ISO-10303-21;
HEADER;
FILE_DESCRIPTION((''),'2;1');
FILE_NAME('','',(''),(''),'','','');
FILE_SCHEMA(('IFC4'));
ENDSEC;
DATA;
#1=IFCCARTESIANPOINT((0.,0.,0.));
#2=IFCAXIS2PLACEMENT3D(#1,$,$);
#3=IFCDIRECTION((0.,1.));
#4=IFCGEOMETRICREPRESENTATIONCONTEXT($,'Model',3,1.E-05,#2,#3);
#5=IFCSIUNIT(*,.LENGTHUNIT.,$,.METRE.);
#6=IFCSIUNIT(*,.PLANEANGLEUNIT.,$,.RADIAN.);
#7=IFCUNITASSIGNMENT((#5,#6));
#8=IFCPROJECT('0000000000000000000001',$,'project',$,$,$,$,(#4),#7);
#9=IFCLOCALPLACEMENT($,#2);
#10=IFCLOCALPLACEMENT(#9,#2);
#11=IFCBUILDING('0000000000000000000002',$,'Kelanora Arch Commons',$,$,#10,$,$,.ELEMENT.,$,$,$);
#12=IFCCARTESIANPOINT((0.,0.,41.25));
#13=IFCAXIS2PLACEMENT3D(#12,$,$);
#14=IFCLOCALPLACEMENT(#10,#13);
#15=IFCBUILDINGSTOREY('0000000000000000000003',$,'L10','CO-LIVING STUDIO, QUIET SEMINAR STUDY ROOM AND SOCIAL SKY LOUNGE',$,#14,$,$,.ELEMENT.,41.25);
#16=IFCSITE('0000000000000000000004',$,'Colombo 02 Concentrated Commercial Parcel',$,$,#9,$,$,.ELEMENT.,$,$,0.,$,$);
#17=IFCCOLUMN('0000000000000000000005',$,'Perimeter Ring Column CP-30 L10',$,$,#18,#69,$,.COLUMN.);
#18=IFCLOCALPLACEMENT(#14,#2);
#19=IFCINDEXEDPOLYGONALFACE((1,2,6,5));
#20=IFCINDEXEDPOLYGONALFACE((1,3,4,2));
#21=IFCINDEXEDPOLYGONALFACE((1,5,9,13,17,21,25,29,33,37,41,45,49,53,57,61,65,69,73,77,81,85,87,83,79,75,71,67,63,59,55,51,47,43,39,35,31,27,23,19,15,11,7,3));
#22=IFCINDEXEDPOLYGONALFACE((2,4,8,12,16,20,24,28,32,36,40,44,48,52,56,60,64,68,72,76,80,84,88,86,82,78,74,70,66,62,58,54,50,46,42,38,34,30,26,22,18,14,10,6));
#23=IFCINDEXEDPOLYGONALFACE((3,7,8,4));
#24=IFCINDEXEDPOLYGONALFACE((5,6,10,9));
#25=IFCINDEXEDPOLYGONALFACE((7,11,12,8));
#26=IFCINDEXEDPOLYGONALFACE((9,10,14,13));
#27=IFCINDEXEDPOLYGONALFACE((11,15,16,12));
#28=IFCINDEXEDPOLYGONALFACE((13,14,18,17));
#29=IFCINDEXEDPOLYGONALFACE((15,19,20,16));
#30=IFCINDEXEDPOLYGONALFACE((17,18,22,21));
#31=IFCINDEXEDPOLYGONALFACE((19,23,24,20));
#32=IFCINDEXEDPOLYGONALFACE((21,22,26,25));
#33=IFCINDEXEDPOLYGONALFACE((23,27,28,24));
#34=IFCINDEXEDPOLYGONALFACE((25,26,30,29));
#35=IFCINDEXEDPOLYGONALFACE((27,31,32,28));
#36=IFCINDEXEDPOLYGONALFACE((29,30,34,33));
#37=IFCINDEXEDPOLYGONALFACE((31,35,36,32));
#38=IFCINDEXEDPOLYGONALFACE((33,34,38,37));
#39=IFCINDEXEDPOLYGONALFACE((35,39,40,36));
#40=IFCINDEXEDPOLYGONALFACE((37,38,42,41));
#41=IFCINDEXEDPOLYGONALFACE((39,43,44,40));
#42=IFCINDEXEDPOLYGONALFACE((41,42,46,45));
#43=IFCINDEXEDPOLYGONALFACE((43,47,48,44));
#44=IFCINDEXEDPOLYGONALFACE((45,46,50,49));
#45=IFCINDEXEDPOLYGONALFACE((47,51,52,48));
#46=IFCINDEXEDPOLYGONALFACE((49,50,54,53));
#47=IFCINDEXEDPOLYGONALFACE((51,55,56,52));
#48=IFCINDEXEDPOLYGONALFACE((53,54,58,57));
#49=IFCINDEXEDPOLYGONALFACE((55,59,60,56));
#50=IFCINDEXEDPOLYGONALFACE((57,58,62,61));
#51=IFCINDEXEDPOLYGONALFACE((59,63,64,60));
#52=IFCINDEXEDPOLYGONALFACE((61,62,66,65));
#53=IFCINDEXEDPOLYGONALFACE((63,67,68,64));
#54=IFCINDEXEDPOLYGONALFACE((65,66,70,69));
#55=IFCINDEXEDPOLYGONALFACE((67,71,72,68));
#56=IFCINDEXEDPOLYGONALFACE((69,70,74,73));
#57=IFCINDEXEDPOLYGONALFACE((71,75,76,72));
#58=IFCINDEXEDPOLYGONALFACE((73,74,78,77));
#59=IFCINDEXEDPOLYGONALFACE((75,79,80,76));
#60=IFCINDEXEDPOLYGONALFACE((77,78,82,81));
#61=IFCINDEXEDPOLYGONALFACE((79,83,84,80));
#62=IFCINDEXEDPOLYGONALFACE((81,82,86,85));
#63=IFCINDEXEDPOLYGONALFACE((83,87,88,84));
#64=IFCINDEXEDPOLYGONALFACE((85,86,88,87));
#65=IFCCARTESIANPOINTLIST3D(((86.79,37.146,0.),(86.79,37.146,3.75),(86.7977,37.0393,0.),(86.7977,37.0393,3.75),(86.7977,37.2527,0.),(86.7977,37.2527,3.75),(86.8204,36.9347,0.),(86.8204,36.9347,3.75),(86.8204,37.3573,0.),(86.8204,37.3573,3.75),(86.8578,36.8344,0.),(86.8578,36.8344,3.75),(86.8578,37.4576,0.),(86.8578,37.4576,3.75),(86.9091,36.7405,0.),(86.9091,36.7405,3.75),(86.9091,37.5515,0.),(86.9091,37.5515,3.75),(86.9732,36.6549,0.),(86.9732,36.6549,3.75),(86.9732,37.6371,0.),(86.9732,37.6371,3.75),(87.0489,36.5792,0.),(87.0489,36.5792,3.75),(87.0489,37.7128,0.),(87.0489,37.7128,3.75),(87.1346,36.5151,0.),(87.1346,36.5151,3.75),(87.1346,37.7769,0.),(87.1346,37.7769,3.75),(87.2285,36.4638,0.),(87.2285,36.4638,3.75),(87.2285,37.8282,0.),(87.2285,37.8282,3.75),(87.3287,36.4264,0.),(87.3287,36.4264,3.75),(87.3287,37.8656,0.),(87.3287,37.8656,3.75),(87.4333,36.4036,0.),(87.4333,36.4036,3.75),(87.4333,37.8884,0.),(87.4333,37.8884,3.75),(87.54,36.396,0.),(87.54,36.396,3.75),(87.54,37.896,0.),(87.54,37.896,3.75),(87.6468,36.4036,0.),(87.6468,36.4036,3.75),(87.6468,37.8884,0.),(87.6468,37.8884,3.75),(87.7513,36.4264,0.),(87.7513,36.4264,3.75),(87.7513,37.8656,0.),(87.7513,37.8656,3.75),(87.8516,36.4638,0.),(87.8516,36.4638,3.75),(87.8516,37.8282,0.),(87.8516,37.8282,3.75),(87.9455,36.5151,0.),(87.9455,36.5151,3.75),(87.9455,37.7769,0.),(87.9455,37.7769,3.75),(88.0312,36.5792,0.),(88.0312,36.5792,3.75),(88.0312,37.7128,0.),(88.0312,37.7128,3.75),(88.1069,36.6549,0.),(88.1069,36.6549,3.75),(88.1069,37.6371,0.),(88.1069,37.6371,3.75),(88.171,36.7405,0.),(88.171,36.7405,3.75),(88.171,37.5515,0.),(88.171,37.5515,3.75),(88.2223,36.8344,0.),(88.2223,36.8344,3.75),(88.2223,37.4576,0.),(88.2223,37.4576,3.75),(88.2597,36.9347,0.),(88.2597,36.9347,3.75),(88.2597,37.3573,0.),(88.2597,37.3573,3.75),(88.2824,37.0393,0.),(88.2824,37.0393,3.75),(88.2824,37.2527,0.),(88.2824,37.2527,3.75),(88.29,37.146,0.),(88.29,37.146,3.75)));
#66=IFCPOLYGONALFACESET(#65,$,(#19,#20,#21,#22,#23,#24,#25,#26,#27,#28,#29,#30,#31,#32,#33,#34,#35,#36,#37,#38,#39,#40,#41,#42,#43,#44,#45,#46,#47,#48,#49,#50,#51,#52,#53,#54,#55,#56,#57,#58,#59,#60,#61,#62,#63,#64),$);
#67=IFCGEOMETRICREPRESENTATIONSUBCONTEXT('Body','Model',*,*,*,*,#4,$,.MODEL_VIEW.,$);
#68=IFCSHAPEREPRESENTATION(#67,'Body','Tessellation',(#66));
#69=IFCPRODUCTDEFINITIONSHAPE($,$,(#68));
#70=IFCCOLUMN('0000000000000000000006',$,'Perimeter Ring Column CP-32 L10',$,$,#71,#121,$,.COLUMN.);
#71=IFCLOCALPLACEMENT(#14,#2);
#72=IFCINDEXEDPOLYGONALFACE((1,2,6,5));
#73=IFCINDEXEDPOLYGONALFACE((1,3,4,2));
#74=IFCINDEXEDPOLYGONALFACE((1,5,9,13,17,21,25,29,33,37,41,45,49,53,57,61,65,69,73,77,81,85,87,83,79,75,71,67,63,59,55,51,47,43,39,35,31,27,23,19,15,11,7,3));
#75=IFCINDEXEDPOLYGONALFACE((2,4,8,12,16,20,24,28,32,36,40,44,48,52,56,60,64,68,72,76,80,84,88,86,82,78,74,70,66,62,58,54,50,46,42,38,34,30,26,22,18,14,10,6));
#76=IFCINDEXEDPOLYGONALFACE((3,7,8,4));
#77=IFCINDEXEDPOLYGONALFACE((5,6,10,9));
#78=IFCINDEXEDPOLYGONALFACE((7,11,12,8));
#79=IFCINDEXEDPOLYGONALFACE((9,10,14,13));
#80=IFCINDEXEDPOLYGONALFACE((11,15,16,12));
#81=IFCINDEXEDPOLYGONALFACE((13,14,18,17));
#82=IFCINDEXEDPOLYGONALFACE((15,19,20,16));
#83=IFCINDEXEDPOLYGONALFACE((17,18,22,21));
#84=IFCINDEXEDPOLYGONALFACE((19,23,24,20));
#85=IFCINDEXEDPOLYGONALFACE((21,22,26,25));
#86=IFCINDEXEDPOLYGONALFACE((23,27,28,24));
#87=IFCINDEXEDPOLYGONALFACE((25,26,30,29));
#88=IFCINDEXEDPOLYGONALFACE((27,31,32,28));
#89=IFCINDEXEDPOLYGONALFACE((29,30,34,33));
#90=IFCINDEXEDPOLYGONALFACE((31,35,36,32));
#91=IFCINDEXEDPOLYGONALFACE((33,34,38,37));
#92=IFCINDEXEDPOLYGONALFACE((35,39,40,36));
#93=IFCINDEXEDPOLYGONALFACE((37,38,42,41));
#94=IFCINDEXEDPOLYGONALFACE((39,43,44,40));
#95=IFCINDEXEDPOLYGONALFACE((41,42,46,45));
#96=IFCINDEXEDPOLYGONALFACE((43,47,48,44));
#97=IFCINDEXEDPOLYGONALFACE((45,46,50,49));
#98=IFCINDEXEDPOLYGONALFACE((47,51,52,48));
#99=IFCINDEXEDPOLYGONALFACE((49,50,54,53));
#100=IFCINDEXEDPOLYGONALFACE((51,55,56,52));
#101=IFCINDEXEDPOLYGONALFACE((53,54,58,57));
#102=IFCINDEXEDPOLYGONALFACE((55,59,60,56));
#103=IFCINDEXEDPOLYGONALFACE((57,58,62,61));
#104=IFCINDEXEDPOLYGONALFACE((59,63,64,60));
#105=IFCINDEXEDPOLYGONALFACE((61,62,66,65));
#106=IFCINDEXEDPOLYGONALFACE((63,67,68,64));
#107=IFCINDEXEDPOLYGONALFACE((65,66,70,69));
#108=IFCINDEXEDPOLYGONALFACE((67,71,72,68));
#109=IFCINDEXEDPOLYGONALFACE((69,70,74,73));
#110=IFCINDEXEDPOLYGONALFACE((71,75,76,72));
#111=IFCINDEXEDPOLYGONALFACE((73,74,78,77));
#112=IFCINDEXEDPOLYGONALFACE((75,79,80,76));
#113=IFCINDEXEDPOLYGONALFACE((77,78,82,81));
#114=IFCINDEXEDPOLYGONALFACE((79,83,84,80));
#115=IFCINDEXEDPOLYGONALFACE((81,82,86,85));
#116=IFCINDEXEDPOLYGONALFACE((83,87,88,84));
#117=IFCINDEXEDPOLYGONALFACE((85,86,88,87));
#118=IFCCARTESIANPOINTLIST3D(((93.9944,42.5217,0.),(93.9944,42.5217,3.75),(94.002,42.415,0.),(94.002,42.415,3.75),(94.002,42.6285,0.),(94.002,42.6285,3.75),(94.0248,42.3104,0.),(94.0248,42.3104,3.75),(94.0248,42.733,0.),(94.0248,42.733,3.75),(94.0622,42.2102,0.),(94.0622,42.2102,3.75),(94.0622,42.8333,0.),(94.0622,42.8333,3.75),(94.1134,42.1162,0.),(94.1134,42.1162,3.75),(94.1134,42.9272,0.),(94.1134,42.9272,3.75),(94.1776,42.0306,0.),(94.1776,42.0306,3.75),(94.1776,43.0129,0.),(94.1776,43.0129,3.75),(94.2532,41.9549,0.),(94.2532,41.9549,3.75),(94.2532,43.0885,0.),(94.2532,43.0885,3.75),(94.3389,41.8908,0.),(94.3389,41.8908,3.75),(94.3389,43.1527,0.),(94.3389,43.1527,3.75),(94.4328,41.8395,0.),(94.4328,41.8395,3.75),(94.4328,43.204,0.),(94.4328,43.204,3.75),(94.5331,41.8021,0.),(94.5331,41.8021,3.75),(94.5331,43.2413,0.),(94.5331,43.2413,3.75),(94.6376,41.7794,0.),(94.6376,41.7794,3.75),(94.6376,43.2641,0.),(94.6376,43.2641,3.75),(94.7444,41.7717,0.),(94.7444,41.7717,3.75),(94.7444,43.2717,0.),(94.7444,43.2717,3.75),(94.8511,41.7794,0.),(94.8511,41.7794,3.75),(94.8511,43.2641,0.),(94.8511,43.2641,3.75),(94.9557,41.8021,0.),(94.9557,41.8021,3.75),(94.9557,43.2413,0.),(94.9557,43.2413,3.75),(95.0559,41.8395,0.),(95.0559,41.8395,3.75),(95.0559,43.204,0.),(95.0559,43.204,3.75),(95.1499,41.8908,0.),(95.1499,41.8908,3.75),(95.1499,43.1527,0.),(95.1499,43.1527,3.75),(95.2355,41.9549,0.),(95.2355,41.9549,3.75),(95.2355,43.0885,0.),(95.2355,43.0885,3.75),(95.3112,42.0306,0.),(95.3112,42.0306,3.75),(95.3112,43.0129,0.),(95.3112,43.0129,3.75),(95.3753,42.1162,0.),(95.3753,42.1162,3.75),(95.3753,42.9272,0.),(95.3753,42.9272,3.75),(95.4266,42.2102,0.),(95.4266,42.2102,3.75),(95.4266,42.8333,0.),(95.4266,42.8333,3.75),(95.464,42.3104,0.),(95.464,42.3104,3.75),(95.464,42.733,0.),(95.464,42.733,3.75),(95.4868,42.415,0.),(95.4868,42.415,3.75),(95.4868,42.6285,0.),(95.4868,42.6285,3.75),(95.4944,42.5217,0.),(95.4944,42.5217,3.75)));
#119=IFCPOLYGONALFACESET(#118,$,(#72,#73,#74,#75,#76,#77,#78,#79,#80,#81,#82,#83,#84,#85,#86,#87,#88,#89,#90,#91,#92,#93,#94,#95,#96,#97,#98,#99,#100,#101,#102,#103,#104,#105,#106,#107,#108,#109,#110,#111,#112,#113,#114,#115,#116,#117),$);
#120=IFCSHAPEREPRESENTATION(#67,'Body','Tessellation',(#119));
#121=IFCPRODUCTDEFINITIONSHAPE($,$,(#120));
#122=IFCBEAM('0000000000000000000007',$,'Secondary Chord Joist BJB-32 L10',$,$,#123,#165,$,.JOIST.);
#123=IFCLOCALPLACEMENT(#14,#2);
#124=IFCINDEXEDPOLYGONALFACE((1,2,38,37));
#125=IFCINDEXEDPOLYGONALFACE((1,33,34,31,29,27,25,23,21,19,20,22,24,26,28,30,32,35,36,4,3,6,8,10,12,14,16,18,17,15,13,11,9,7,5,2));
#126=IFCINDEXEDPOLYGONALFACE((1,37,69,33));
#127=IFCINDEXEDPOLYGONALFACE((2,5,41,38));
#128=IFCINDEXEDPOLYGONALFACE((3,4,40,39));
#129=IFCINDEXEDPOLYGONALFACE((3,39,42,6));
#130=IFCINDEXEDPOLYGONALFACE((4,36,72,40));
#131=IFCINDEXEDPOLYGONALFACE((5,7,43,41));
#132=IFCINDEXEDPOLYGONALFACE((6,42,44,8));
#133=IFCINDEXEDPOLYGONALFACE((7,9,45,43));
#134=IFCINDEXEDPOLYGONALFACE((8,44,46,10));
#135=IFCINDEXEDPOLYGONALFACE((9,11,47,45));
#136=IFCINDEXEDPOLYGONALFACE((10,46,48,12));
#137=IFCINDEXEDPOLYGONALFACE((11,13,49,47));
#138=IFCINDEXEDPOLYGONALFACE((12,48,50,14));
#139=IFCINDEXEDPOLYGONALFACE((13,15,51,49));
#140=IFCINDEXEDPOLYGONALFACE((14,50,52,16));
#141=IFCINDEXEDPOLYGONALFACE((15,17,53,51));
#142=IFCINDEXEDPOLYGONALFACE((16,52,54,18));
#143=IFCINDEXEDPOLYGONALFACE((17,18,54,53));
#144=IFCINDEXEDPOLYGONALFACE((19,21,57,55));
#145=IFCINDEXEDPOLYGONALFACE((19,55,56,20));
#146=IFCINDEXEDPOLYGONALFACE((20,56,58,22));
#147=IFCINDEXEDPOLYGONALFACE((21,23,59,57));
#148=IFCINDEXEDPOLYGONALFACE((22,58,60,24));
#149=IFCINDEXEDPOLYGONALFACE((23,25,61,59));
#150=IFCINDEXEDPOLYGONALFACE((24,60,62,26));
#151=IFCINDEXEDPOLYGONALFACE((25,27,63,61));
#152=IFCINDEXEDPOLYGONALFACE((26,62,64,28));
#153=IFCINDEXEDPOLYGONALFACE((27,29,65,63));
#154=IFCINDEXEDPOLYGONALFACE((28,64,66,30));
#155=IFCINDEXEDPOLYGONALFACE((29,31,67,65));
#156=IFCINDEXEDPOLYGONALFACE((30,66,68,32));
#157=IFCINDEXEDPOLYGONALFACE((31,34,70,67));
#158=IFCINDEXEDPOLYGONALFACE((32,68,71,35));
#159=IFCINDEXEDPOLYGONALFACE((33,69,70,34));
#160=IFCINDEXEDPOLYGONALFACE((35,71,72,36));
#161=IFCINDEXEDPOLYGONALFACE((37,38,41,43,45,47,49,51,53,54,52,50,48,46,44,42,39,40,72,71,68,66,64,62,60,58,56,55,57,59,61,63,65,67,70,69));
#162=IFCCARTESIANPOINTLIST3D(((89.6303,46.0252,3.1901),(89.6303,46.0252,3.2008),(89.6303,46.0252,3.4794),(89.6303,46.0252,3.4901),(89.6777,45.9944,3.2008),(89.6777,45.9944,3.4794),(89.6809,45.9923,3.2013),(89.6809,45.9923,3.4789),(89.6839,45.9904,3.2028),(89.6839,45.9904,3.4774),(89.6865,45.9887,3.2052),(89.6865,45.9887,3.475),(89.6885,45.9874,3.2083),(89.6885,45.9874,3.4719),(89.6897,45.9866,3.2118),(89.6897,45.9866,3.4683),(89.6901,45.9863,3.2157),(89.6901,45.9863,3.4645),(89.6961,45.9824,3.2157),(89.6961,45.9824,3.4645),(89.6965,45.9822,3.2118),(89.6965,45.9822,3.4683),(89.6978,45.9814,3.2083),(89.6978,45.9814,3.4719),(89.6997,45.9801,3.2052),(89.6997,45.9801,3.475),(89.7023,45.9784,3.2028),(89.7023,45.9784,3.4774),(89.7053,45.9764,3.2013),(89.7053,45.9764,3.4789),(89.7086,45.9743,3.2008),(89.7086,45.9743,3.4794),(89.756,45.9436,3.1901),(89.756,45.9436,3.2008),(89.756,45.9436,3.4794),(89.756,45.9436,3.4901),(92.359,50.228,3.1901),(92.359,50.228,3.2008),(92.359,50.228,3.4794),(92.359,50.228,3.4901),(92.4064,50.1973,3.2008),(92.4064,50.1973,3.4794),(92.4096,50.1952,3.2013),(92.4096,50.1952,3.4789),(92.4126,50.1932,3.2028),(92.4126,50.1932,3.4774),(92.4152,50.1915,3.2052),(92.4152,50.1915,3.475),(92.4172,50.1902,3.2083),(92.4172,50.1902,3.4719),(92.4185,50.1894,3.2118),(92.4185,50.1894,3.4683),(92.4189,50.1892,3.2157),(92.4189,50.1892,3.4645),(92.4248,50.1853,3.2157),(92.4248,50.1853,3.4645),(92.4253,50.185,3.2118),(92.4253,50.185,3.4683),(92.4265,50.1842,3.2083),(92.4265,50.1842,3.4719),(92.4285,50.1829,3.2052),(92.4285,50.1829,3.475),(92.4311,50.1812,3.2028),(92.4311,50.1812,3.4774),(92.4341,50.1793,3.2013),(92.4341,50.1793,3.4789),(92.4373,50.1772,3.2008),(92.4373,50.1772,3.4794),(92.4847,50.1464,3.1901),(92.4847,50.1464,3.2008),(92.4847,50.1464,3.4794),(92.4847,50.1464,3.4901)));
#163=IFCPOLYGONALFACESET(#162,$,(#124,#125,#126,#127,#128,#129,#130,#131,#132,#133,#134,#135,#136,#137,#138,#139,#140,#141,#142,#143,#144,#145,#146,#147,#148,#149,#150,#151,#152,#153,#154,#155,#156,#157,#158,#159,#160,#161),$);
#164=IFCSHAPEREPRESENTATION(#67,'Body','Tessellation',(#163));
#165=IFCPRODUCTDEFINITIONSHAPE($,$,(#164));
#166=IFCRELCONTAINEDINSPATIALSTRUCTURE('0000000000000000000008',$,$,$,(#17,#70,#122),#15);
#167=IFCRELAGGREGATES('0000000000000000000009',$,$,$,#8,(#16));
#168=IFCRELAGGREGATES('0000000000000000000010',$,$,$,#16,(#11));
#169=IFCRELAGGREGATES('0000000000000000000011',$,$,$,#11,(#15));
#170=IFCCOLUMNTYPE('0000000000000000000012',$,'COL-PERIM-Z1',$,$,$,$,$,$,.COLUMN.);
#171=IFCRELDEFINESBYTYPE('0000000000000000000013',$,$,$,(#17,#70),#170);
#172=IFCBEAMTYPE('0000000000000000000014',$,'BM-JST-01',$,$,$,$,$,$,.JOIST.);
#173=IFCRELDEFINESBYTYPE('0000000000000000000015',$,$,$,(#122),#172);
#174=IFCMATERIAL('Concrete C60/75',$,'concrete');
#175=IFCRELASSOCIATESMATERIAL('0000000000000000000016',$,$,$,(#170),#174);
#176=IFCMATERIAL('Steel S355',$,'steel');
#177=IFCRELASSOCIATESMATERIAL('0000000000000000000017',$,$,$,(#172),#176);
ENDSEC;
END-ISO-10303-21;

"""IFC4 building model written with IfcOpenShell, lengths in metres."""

from ifc_helpers import new_model, si_unit, direction, frame, origin, origin_2d, place, context, subcontext, project, spatial, circle, i_section, extrude, material, material_profile, profile_set, type_object, element, save


model = new_model("IFC4")

# Units and contexts
model_context = context("Model", 3, precision=1e-05, world=origin(), true_north=direction((0.0, 1.0)))
body_context = subcontext(model_context, "Body", "Model", "MODEL_VIEW")
ifc_project = project(units=[si_unit("LENGTHUNIT", "METRE"), si_unit("PLANEANGLEUNIT", "RADIAN")], contexts=[model_context])

# Site, building, storey
site_placement = place(None, origin())
site = spatial("IfcSite", under=ifc_project, at=site_placement, Name="Colombo 02 Concentrated Commercial Parcel", CompositionType="ELEMENT", RefElevation=0.0)
building_placement = place(site_placement, origin())
building = spatial("IfcBuilding", under=site, at=building_placement, Name="Kelanora Arch Commons", CompositionType="ELEMENT")
storey_placement = place(building_placement, frame((0.0, 0.0, 41.25)))
storey = spatial("IfcBuildingStorey", under=building, at=storey_placement, Name="L10", Description="CO-LIVING STUDIO, QUIET SEMINAR STUDY ROOM AND SOCIAL SKY LOUNGE", CompositionType="ELEMENT", Elevation=41.25)

# Columns
ifc_material_1 = material(Name="Concrete C60/75", Category="concrete")
ifc_material_profile_1 = material_profile(ifc_material_1, circle(Radius=0.75, at=origin_2d()), Name="RCC1500")
ifc_profile_set_1 = profile_set([ifc_material_profile_1], Name="Concrete C60/75")
column_type = type_object("IfcColumnType", Name="COL-PERIM-Z1", PredefinedType="COLUMN", material=ifc_profile_set_1)
for number, where, z_axis, x_axis, name in (
    (1, (87.54, 37.146, 0.0), (0.0, 0.0, 1.0), (1.0, 0.0, 0.0), "Perimeter Ring Column CP-30 L10"),
    (2, (94.7444, 42.5217, 0.0), (0.0, 0.0, 1.0), (1.0, 0.0, 0.0), "Perimeter Ring Column CP-32 L10"),
):
    element("IfcColumn", number, at=place(storey_placement, frame(where, z_axis=z_axis, x_axis=x_axis)), inside=storey, type_object=column_type, Name=name, PredefinedType="COLUMN", context=body_context, shape_type="SweptSolid", body=[
        extrude(circle(Radius=0.75, at=origin_2d()), origin(), (0.0, 0.0, 1.0), 3.75),
    ])

# Beam
ifc_material_2 = material(Name="Steel S355", Category="steel")
ifc_material_profile_2 = material_profile(ifc_material_2, i_section(OverallWidth=0.1499, OverallDepth=0.3, WebThickness=0.0071, FlangeThickness=0.0107, FilletRadius=0.0149, at=origin_2d()), Name="IPE300")
ifc_profile_set_2 = profile_set([ifc_material_profile_2], Name="Steel S355")
beam_type_1 = type_object("IfcBeamType", Name="BM-JST-01", PredefinedType="JOIST", material=ifc_profile_set_2)
beam_1_placement = place(storey_placement, frame((89.6931, 45.9844, 3.3401), z_axis=(0.544552, 0.838727, 0.0), x_axis=(-0.838727, 0.544552, 0.0)))
element("IfcBeam", 3, at=beam_1_placement, inside=storey, type_object=beam_type_1, Name="Secondary Chord Joist BJB-32 L10", PredefinedType="JOIST", context=body_context, shape_type="SweptSolid", body=[
    extrude(i_section(OverallWidth=0.1499, OverallDepth=0.3, WebThickness=0.0071, FlangeThickness=0.0107, FilletRadius=0.0149, at=origin_2d()), origin(), (0.0, 0.0, 1.0), 5.011),
])

save(model, "model.ifc")
